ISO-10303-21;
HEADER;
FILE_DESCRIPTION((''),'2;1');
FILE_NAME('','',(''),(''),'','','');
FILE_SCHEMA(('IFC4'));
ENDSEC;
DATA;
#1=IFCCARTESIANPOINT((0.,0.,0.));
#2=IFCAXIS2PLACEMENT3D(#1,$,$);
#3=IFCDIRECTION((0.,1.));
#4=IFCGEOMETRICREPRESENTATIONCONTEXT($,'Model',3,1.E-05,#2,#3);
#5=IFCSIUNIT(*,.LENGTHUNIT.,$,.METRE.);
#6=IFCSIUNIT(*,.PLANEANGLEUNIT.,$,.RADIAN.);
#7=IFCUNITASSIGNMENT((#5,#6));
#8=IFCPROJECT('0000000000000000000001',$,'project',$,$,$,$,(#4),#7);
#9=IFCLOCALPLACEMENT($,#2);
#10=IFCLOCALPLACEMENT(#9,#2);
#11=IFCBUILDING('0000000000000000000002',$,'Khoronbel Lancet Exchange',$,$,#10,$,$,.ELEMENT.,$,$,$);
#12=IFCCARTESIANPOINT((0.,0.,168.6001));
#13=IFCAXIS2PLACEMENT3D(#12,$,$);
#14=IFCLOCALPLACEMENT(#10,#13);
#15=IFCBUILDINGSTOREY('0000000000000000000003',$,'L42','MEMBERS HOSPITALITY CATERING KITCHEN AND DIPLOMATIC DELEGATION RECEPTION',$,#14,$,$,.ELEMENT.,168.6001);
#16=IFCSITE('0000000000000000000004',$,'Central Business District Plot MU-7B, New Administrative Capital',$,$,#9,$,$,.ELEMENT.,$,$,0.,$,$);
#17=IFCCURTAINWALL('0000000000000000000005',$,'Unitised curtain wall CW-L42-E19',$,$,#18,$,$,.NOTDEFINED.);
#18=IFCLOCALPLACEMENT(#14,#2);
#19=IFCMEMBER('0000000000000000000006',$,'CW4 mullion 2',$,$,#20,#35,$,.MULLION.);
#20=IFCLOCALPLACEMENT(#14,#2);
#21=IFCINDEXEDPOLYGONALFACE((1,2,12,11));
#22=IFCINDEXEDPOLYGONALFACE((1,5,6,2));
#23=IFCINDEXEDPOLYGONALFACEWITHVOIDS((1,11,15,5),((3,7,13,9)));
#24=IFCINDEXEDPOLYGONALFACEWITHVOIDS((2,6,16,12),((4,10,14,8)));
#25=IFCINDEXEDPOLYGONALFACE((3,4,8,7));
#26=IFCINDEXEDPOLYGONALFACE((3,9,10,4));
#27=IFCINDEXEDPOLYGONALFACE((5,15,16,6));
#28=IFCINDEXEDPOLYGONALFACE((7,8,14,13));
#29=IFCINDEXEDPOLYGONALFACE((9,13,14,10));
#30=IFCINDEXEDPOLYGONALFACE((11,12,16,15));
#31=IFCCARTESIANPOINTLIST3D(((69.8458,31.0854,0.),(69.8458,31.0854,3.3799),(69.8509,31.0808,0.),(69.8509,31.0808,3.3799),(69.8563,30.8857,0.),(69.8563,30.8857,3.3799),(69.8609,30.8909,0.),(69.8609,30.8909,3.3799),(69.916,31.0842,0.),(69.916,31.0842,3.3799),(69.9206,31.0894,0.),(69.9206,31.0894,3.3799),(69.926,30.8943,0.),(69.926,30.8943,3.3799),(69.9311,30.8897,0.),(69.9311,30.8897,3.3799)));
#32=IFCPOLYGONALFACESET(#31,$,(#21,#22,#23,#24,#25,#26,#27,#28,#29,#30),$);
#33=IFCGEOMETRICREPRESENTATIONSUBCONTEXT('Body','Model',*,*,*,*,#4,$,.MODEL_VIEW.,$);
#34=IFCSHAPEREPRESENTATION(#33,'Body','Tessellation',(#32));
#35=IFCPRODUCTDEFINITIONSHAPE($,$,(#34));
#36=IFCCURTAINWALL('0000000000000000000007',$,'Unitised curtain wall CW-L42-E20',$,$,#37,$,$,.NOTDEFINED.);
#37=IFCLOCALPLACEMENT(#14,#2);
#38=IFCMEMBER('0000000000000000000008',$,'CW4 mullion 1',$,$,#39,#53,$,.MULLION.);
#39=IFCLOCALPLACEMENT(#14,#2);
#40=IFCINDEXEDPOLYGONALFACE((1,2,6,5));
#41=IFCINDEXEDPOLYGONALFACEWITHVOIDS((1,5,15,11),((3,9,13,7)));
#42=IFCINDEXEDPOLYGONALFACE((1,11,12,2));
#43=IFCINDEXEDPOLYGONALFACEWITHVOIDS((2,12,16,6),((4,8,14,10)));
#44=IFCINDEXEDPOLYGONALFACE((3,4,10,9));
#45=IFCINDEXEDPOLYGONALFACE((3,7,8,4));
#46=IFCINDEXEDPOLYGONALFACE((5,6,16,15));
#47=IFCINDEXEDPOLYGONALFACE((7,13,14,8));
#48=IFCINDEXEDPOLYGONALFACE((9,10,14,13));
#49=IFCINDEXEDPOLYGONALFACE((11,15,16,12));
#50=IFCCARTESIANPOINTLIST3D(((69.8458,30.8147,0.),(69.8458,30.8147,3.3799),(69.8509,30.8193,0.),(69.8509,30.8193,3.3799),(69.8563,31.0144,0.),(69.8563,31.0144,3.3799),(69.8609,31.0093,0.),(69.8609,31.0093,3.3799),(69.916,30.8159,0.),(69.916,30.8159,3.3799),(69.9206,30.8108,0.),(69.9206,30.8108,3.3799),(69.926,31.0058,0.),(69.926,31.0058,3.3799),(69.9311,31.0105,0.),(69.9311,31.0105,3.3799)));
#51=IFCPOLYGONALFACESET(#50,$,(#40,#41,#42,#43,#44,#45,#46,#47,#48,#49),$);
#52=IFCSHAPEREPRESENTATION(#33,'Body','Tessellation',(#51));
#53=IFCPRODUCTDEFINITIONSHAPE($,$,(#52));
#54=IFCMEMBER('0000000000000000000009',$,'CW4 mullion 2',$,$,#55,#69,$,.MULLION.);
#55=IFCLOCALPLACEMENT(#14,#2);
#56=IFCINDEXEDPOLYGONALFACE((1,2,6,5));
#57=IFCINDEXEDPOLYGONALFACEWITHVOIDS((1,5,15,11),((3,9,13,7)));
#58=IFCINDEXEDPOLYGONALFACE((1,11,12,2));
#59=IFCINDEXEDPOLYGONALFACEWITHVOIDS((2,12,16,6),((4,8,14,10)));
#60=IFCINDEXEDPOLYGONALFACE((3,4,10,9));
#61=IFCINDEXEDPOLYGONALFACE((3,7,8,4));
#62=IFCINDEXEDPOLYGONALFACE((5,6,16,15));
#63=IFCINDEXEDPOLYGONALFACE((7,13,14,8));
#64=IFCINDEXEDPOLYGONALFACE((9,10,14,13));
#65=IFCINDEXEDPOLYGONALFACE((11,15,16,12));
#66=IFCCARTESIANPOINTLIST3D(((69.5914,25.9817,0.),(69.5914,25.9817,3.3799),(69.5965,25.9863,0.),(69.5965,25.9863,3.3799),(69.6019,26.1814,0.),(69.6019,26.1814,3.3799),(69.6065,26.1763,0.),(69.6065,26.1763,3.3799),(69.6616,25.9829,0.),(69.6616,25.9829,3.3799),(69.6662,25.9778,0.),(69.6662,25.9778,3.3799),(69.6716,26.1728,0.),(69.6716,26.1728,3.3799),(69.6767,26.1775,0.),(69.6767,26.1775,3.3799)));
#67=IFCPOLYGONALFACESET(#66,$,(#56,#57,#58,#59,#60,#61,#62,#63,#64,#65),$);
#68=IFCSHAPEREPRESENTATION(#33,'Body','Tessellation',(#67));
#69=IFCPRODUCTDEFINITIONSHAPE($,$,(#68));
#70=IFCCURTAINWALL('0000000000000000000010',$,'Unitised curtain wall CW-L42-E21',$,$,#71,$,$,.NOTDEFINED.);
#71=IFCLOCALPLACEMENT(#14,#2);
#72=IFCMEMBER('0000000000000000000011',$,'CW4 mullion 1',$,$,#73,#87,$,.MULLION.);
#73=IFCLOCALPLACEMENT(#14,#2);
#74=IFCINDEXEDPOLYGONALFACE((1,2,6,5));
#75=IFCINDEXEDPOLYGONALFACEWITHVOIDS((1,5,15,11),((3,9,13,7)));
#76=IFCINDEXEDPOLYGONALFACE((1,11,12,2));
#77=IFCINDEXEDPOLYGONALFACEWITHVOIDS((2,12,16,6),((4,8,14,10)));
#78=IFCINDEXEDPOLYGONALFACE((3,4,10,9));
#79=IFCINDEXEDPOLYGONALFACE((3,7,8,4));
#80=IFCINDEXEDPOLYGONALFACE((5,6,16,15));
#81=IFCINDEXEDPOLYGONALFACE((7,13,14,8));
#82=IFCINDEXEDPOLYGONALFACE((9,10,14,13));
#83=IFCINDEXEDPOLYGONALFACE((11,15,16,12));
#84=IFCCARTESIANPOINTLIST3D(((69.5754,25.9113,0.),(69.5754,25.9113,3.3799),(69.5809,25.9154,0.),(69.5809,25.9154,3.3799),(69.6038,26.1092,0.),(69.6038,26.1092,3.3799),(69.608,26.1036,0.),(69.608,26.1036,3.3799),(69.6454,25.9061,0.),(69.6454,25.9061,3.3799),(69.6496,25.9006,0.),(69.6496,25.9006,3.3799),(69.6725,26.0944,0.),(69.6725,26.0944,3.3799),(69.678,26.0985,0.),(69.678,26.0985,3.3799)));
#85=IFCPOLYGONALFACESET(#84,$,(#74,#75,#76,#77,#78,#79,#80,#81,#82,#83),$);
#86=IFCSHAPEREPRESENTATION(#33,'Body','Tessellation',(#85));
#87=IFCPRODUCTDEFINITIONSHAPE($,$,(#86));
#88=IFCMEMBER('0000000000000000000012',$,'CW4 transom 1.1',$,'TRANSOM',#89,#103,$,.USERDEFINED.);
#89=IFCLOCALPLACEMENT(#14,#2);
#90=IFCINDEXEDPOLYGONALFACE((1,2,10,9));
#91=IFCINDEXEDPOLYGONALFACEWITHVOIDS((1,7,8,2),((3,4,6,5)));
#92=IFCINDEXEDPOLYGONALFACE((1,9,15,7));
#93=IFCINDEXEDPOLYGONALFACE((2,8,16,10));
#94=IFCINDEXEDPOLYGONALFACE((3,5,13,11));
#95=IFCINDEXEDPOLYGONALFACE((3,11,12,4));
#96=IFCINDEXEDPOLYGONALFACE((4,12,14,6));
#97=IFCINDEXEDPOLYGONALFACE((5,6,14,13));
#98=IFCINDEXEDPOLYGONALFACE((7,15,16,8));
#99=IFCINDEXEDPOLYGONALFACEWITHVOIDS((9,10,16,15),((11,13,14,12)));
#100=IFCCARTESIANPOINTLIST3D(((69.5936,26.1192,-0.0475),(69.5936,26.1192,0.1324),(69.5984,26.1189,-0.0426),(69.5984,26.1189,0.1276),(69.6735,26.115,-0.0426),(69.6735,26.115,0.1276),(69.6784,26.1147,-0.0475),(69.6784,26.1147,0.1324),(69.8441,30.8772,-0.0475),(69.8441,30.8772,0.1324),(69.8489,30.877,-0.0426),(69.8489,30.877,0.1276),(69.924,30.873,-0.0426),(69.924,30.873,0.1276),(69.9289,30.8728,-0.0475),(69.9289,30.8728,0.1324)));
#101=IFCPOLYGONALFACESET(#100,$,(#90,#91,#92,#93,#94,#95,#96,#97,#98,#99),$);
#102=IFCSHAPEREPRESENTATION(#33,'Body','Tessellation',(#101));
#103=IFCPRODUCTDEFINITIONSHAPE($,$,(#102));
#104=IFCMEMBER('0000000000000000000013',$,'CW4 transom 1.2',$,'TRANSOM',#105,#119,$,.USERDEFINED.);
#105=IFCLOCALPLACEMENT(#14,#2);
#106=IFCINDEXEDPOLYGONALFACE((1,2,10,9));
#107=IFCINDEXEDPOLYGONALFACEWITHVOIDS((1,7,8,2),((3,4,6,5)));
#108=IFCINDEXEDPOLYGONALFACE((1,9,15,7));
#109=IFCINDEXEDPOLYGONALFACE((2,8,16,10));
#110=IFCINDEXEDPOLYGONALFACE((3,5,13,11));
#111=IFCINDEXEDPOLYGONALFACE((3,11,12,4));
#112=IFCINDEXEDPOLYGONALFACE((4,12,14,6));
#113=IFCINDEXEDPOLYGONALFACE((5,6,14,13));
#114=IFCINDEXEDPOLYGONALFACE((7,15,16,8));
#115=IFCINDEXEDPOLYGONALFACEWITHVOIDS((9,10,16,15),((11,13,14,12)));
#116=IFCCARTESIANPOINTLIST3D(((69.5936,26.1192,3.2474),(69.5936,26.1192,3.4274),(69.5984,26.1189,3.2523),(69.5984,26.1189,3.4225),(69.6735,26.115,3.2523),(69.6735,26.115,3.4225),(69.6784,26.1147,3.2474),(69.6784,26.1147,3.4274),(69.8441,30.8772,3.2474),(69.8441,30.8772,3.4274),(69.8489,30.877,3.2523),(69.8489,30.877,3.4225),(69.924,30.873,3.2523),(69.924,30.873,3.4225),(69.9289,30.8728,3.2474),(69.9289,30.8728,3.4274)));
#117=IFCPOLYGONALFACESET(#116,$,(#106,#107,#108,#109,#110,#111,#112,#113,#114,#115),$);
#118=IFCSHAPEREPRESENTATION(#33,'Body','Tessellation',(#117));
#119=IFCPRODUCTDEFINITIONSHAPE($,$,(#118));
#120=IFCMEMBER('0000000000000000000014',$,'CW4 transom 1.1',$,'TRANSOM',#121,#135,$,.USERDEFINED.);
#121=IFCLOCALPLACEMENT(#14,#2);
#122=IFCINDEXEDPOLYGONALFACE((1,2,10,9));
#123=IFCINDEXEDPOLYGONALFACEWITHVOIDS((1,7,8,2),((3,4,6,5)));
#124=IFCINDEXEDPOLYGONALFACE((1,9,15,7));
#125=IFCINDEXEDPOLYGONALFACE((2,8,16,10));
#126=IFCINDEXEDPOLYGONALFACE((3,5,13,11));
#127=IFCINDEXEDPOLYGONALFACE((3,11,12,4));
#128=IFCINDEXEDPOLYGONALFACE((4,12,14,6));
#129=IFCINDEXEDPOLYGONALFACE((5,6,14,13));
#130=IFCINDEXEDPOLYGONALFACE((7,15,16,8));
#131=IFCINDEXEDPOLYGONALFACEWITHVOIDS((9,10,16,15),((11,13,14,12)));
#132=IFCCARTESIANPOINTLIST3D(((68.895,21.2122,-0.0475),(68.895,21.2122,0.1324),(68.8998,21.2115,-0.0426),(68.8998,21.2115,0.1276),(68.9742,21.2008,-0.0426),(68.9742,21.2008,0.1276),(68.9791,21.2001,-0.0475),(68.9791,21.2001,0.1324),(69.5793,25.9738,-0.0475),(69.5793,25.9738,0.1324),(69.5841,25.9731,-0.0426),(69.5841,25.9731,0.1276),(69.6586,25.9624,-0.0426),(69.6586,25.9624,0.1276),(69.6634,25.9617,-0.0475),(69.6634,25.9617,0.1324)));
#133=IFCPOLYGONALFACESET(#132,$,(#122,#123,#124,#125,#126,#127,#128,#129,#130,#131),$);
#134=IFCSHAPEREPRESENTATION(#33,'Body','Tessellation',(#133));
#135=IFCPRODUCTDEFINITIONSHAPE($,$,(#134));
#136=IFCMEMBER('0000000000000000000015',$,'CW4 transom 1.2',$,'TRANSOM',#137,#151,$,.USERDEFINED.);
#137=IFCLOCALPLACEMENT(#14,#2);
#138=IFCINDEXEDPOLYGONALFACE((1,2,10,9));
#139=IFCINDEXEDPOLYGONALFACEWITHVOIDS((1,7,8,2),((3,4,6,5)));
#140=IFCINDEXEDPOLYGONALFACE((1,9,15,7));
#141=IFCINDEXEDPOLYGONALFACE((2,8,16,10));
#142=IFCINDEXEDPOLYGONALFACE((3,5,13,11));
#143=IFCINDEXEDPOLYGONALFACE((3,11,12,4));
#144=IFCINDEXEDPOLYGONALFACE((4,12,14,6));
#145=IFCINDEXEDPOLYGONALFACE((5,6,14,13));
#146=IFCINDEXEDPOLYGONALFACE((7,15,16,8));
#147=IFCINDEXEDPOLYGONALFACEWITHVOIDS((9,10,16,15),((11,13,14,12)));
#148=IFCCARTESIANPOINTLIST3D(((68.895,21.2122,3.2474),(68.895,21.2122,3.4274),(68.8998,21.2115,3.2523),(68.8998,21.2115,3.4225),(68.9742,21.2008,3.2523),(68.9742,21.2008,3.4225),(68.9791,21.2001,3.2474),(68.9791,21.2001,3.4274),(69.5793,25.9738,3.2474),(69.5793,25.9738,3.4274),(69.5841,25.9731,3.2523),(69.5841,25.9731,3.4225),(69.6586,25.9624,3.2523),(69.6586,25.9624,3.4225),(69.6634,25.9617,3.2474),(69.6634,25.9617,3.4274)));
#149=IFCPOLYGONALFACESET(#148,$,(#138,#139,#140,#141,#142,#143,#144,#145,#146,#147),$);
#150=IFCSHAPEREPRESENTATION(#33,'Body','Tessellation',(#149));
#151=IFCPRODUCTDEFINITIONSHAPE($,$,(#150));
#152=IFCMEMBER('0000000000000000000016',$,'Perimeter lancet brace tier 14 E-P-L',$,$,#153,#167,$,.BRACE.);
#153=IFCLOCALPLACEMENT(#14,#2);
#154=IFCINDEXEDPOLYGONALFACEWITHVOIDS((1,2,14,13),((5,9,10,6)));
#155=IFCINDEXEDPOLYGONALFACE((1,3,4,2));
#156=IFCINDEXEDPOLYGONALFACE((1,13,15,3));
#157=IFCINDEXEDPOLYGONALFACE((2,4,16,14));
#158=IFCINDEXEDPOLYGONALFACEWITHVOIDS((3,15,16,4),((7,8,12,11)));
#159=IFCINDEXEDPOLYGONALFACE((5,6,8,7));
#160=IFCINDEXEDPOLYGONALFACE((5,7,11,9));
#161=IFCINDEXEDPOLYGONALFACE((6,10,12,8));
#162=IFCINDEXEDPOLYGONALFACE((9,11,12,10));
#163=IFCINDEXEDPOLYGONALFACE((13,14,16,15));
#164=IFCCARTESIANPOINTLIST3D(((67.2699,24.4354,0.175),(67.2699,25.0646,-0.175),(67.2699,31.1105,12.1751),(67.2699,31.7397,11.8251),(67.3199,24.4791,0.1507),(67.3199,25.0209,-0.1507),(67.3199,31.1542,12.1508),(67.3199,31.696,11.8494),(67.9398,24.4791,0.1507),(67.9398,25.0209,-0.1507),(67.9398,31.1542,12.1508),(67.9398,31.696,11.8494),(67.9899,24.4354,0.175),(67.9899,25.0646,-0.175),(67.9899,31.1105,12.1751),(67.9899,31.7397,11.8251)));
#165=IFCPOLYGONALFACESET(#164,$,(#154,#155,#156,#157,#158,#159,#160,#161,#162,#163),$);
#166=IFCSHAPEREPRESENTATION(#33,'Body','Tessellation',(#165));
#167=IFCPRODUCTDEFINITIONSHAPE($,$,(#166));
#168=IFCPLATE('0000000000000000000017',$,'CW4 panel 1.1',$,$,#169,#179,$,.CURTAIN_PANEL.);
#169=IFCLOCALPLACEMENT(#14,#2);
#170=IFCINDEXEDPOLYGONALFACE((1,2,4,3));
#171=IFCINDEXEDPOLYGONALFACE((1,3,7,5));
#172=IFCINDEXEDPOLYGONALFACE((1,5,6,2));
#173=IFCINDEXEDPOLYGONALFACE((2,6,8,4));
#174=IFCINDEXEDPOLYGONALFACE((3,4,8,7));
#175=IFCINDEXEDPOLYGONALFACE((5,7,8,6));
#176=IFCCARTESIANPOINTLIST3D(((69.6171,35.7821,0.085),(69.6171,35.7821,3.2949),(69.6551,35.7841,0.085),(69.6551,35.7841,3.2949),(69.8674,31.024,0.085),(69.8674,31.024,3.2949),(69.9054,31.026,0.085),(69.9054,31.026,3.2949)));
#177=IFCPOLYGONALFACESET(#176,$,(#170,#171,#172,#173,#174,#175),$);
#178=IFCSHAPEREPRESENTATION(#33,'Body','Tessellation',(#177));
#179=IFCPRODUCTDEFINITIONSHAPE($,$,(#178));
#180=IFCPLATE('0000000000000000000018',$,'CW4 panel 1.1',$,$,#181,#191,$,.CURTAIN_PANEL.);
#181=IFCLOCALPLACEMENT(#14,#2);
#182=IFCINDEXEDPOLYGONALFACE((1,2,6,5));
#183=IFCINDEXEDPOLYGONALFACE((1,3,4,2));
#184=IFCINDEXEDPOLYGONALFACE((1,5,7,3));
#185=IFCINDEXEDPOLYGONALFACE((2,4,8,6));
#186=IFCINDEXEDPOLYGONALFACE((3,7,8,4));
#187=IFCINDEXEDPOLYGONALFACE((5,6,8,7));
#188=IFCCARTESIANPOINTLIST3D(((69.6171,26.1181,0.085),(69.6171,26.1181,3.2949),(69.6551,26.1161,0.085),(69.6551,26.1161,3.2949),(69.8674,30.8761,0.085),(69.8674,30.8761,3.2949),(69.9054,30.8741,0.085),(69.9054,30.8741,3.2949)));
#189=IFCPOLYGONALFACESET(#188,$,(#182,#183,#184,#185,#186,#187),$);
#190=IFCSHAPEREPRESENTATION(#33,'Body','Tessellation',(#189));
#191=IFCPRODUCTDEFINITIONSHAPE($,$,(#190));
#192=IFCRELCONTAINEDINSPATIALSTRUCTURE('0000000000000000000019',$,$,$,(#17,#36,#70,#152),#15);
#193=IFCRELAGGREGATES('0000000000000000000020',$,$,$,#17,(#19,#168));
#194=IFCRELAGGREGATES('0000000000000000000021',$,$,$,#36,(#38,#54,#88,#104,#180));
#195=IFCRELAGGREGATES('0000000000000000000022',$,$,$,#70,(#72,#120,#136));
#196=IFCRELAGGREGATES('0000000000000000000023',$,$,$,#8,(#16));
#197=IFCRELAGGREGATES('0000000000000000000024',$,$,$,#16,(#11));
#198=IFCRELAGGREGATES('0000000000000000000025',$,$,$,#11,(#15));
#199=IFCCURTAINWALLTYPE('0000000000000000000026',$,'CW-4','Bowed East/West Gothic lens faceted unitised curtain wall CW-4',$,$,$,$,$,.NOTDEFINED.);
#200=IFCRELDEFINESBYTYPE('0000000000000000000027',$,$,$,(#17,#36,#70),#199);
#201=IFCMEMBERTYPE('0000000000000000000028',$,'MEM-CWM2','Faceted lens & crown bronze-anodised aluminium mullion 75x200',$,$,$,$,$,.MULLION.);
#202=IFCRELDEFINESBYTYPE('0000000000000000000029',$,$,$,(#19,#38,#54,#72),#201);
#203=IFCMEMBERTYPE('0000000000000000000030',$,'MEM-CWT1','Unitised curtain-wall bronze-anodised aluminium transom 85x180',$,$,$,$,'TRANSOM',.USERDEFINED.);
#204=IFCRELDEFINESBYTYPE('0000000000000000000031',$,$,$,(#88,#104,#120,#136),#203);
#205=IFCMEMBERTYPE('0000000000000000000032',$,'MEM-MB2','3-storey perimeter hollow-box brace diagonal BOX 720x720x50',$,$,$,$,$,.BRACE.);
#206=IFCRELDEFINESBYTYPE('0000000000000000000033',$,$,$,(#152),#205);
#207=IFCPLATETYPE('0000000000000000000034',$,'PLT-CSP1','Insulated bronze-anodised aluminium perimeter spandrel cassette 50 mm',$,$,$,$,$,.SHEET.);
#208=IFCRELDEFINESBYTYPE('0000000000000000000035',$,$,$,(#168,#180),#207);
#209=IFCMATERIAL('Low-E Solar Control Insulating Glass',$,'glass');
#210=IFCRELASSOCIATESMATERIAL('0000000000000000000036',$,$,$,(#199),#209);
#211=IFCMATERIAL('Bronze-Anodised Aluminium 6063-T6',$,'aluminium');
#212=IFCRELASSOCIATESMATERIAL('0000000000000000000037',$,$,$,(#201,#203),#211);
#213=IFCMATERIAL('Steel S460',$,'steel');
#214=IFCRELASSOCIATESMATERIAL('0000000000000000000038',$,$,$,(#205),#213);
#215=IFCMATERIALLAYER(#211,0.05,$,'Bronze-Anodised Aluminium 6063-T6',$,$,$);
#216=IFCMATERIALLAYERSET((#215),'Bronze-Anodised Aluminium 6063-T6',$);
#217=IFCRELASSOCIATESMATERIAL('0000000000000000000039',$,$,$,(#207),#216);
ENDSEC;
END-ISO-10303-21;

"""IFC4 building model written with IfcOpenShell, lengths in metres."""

from ifc_helpers import new_model, si_unit, direction, frame, origin, origin_2d, place, context, subcontext, project, spatial, rectangle, hollow_rectangle, extrude, material, layer, layer_set, material_profile, profile_set, type_object, element, aggregate, save


model = new_model("IFC4")

# Units and contexts
model_context = context("Model", 3, precision=1e-05, world=origin(), true_north=direction((0.0, 1.0)))
body_context = subcontext(model_context, "Body", "Model", "MODEL_VIEW")
ifc_project = project(units=[si_unit("LENGTHUNIT", "METRE"), si_unit("PLANEANGLEUNIT", "RADIAN")], contexts=[model_context])

# Site, building, storey
site_placement = place(None, origin())
site = spatial("IfcSite", under=ifc_project, at=site_placement, Name="Central Business District Plot MU-7B, New Administrative Capital", CompositionType="ELEMENT", RefElevation=0.0)
building_placement = place(site_placement, origin())
building = spatial("IfcBuilding", under=site, at=building_placement, Name="Khoronbel Lancet Exchange", CompositionType="ELEMENT")
storey_placement = place(building_placement, frame((0.0, 0.0, 168.6001)))
storey = spatial("IfcBuildingStorey", under=building, at=storey_placement, Name="L42", Description="MEMBERS HOSPITALITY CATERING KITCHEN AND DIPLOMATIC DELEGATION RECEPTION", CompositionType="ELEMENT", Elevation=168.6001)

# Shared definitions
ifc_material_1 = material(Name="Steel S460", Category="steel")

# Curtain wall, member
ifc_material_2 = material(Name="Low-E Solar Control Insulating Glass", Category="glass")
curtain_wall_type = type_object("IfcCurtainWallType", Name="CW-4", Description="Bowed East/West Gothic lens faceted unitised curtain wall CW-4", PredefinedType="NOTDEFINED", material=ifc_material_2)
curtain_wall_1_placement = place(storey_placement, origin())
curtain_wall_1 = element("IfcCurtainWall", 1, at=curtain_wall_1_placement, inside=storey, type_object=curtain_wall_type, Name="Unitised curtain wall CW-L42-E19", PredefinedType="NOTDEFINED")
ifc_material_3 = material(Name="Bronze-Anodised Aluminium 6063-T6", Category="aluminium")
ifc_material_profile_1 = material_profile(ifc_material_3, hollow_rectangle(XDim=0.075, YDim=0.2, WallThickness=0.0049, at=origin_2d()), Name="ALU MULLION 75x200")
ifc_profile_set_1 = profile_set([ifc_material_profile_1], Name="Bronze-Anodised Aluminium 6063-T6")
member_type_1 = type_object("IfcMemberType", Name="MEM-CWM2", Description="Faceted lens & crown bronze-anodised aluminium mullion 75x200", PredefinedType="MULLION", material=ifc_profile_set_1)
member_1_placement = place(storey_placement, frame((69.8884, 30.9875, 0.0), z_axis=(0.0, 0.0, 1.0), x_axis=(0.998619, 0.052536, 0.0)))
member_1 = element("IfcMember", 2, at=member_1_placement, type_object=member_type_1, Name="CW4 mullion 2", PredefinedType="MULLION", context=body_context, shape_type="SweptSolid", body=[
    extrude(hollow_rectangle(XDim=0.075, YDim=0.2, WallThickness=0.0049, at=origin_2d()), origin(), (0.0, 0.0, 1.0), 3.3799),
])

# Curtain wall, members
curtain_wall_2_placement = place(storey_placement, origin())
curtain_wall_2 = element("IfcCurtainWall", 3, at=curtain_wall_2_placement, inside=storey, type_object=curtain_wall_type, Name="Unitised curtain wall CW-L42-E20", PredefinedType="NOTDEFINED")
member_2_placement = place(storey_placement, frame((69.8884, 30.9126, 0.0), z_axis=(0.0, 0.0, 1.0), x_axis=(0.998619, -0.052536, 0.0)))
member_2 = element("IfcMember", 4, at=member_2_placement, type_object=member_type_1, Name="CW4 mullion 1", PredefinedType="MULLION", context=body_context, shape_type="SweptSolid", body=[
    extrude(hollow_rectangle(XDim=0.075, YDim=0.2, WallThickness=0.0049, at=origin_2d()), origin(), (0.0, 0.0, 1.0), 3.3799),
])
member_3_placement = place(storey_placement, frame((69.634, 26.0796, 0.0), z_axis=(0.0, 0.0, 1.0), x_axis=(0.998619, -0.052536, 0.0)))
member_3 = element("IfcMember", 5, at=member_3_placement, type_object=member_type_1, Name="CW4 mullion 2", PredefinedType="MULLION", context=body_context, shape_type="SweptSolid", body=[
    extrude(hollow_rectangle(XDim=0.075, YDim=0.2, WallThickness=0.0049, at=origin_2d()), origin(), (0.0, 0.0, 1.0), 3.3799),
])

# Curtain wall, member
curtain_wall_3_placement = place(storey_placement, origin())
curtain_wall_3 = element("IfcCurtainWall", 6, at=curtain_wall_3_placement, inside=storey, type_object=curtain_wall_type, Name="Unitised curtain wall CW-L42-E21", PredefinedType="NOTDEFINED")
member_4_placement = place(storey_placement, frame((69.6267, 26.0049, 0.0), z_axis=(0.0, 0.0, 1.0), x_axis=(0.98983, -0.142257, 0.0)))
member_4 = element("IfcMember", 7, at=member_4_placement, type_object=member_type_1, Name="CW4 mullion 1", PredefinedType="MULLION", context=body_context, shape_type="SweptSolid", body=[
    extrude(hollow_rectangle(XDim=0.075, YDim=0.2, WallThickness=0.0049, at=origin_2d()), origin(), (0.0, 0.0, 1.0), 3.3799),
])

# Members
ifc_material_profile_2 = material_profile(ifc_material_3, hollow_rectangle(XDim=0.085, YDim=0.1799, WallThickness=0.0049, at=origin_2d()), Name="ALU TRANSOM 85x180")
ifc_profile_set_2 = profile_set([ifc_material_profile_2], Name="Bronze-Anodised Aluminium 6063-T6")
member_type_2 = type_object("IfcMemberType", Name="MEM-CWT1", Description="Unitised curtain-wall bronze-anodised aluminium transom 85x180", ElementType="TRANSOM", PredefinedType="USERDEFINED", material=ifc_profile_set_2)
member_5_placement = place(storey_placement, frame((69.8865, 30.875, 0.0425), z_axis=(-0.052572, -0.998617, 0.0), x_axis=(0.998617, -0.052572, 0.0)))
member_5 = element("IfcMember", 8, at=member_5_placement, type_object=member_type_2, Name="CW4 transom 1.1", ObjectType="TRANSOM", PredefinedType="USERDEFINED", context=body_context, shape_type="SweptSolid", body=[
    extrude(hollow_rectangle(XDim=0.085, YDim=0.1799, WallThickness=0.0049, at=origin_2d()), origin(), (0.0, 0.0, 1.0), 4.7646),
])
member_6_placement = place(storey_placement, frame((69.8865, 30.875, 3.3374), z_axis=(-0.052572, -0.998617, 0.0), x_axis=(0.998617, -0.052572, 0.0)))
member_6 = element("IfcMember", 9, at=member_6_placement, type_object=member_type_2, Name="CW4 transom 1.2", ObjectType="TRANSOM", PredefinedType="USERDEFINED", context=body_context, shape_type="SweptSolid", body=[
    extrude(hollow_rectangle(XDim=0.085, YDim=0.1799, WallThickness=0.0049, at=origin_2d()), origin(), (0.0, 0.0, 1.0), 4.7646),
])
member_7_placement = place(storey_placement, frame((69.6213, 25.9678, 0.0425), z_axis=(-0.142253, -0.98983, 0.0), x_axis=(0.98983, -0.142253, 0.0)))
member_7 = element("IfcMember", 10, at=member_7_placement, type_object=member_type_2, Name="CW4 transom 1.1", ObjectType="TRANSOM", PredefinedType="USERDEFINED", context=body_context, shape_type="SweptSolid", body=[
    extrude(hollow_rectangle(XDim=0.085, YDim=0.1799, WallThickness=0.0049, at=origin_2d()), origin(), (0.0, 0.0, 1.0), 4.8105),
])
member_8_placement = place(storey_placement, frame((69.6213, 25.9678, 3.3374), z_axis=(-0.142253, -0.98983, 0.0), x_axis=(0.98983, -0.142253, 0.0)))
member_8 = element("IfcMember", 11, at=member_8_placement, type_object=member_type_2, Name="CW4 transom 1.2", ObjectType="TRANSOM", PredefinedType="USERDEFINED", context=body_context, shape_type="SweptSolid", body=[
    extrude(hollow_rectangle(XDim=0.085, YDim=0.1799, WallThickness=0.0049, at=origin_2d()), origin(), (0.0, 0.0, 1.0), 4.8105),
])
ifc_material_profile_3 = material_profile(ifc_material_1, hollow_rectangle(XDim=0.72, YDim=0.72, WallThickness=0.05, at=origin_2d()), Name="BOX 720x720x50")
ifc_profile_set_3 = profile_set([ifc_material_profile_3], Name="Steel S460")
member_type_3 = type_object("IfcMemberType", Name="MEM-MB2", Description="3-storey perimeter hollow-box brace diagonal BOX 720x720x50", PredefinedType="BRACE", material=ifc_profile_set_3)
member_9_placement = place(storey_placement, frame((67.6299, 24.75, 0.0), z_axis=(0.0, 0.486109, 0.873898), x_axis=(-1.0, 0.0, 0.0)))
element("IfcMember", 12, at=member_9_placement, inside=storey, type_object=member_type_3, Name="Perimeter lancet brace tier 14 E-P-L", PredefinedType="BRACE", context=body_context, shape_type="SweptSolid", body=[
    extrude(hollow_rectangle(XDim=0.72, YDim=0.72, WallThickness=0.05, at=origin_2d()), origin(), (0.0, 0.0, 1.0), 13.7317),
])

# Plates
ifc_layer_1 = layer(ifc_material_3, 0.05, Name="Bronze-Anodised Aluminium 6063-T6")
ifc_layer_set_1 = layer_set([ifc_layer_1], Name="Bronze-Anodised Aluminium 6063-T6")
plate_type_1 = type_object("IfcPlateType", Name="PLT-CSP1", Description="Insulated bronze-anodised aluminium perimeter spandrel cassette 50 mm", PredefinedType="SHEET", material=ifc_layer_set_1)
plate_1_placement = place(storey_placement, frame((69.7612, 33.4041, 0.085), z_axis=(0.0, 0.0, 1.0), x_axis=(0.052536, -0.998619, 0.0)))
plate_1 = element("IfcPlate", 13, at=plate_1_placement, type_object=plate_type_1, Name="CW4 panel 1.1", PredefinedType="CURTAIN_PANEL", context=body_context, shape_type="SweptSolid", body=[
    extrude(rectangle(XDim=4.7646, YDim=0.0381, at=origin_2d()), origin(), (0.0, 0.0, 1.0), 3.21),
])
aggregate(curtain_wall_1, [member_1, plate_1])
plate_2_placement = place(storey_placement, frame((69.7612, 28.4961, 0.085), z_axis=(0.0, 0.0, 1.0), x_axis=(-0.052536, -0.998619, 0.0)))
plate_2 = element("IfcPlate", 14, at=plate_2_placement, type_object=plate_type_1, Name="CW4 panel 1.1", PredefinedType="CURTAIN_PANEL", context=body_context, shape_type="SweptSolid", body=[
    extrude(rectangle(XDim=4.7646, YDim=0.0381, at=origin_2d()), origin(), (0.0, 0.0, 1.0), 3.21),
])
aggregate(curtain_wall_2, [member_2, member_3, member_5, member_6, plate_2])
aggregate(curtain_wall_3, [member_4, member_7, member_8])

save(model, "model.ifc")
